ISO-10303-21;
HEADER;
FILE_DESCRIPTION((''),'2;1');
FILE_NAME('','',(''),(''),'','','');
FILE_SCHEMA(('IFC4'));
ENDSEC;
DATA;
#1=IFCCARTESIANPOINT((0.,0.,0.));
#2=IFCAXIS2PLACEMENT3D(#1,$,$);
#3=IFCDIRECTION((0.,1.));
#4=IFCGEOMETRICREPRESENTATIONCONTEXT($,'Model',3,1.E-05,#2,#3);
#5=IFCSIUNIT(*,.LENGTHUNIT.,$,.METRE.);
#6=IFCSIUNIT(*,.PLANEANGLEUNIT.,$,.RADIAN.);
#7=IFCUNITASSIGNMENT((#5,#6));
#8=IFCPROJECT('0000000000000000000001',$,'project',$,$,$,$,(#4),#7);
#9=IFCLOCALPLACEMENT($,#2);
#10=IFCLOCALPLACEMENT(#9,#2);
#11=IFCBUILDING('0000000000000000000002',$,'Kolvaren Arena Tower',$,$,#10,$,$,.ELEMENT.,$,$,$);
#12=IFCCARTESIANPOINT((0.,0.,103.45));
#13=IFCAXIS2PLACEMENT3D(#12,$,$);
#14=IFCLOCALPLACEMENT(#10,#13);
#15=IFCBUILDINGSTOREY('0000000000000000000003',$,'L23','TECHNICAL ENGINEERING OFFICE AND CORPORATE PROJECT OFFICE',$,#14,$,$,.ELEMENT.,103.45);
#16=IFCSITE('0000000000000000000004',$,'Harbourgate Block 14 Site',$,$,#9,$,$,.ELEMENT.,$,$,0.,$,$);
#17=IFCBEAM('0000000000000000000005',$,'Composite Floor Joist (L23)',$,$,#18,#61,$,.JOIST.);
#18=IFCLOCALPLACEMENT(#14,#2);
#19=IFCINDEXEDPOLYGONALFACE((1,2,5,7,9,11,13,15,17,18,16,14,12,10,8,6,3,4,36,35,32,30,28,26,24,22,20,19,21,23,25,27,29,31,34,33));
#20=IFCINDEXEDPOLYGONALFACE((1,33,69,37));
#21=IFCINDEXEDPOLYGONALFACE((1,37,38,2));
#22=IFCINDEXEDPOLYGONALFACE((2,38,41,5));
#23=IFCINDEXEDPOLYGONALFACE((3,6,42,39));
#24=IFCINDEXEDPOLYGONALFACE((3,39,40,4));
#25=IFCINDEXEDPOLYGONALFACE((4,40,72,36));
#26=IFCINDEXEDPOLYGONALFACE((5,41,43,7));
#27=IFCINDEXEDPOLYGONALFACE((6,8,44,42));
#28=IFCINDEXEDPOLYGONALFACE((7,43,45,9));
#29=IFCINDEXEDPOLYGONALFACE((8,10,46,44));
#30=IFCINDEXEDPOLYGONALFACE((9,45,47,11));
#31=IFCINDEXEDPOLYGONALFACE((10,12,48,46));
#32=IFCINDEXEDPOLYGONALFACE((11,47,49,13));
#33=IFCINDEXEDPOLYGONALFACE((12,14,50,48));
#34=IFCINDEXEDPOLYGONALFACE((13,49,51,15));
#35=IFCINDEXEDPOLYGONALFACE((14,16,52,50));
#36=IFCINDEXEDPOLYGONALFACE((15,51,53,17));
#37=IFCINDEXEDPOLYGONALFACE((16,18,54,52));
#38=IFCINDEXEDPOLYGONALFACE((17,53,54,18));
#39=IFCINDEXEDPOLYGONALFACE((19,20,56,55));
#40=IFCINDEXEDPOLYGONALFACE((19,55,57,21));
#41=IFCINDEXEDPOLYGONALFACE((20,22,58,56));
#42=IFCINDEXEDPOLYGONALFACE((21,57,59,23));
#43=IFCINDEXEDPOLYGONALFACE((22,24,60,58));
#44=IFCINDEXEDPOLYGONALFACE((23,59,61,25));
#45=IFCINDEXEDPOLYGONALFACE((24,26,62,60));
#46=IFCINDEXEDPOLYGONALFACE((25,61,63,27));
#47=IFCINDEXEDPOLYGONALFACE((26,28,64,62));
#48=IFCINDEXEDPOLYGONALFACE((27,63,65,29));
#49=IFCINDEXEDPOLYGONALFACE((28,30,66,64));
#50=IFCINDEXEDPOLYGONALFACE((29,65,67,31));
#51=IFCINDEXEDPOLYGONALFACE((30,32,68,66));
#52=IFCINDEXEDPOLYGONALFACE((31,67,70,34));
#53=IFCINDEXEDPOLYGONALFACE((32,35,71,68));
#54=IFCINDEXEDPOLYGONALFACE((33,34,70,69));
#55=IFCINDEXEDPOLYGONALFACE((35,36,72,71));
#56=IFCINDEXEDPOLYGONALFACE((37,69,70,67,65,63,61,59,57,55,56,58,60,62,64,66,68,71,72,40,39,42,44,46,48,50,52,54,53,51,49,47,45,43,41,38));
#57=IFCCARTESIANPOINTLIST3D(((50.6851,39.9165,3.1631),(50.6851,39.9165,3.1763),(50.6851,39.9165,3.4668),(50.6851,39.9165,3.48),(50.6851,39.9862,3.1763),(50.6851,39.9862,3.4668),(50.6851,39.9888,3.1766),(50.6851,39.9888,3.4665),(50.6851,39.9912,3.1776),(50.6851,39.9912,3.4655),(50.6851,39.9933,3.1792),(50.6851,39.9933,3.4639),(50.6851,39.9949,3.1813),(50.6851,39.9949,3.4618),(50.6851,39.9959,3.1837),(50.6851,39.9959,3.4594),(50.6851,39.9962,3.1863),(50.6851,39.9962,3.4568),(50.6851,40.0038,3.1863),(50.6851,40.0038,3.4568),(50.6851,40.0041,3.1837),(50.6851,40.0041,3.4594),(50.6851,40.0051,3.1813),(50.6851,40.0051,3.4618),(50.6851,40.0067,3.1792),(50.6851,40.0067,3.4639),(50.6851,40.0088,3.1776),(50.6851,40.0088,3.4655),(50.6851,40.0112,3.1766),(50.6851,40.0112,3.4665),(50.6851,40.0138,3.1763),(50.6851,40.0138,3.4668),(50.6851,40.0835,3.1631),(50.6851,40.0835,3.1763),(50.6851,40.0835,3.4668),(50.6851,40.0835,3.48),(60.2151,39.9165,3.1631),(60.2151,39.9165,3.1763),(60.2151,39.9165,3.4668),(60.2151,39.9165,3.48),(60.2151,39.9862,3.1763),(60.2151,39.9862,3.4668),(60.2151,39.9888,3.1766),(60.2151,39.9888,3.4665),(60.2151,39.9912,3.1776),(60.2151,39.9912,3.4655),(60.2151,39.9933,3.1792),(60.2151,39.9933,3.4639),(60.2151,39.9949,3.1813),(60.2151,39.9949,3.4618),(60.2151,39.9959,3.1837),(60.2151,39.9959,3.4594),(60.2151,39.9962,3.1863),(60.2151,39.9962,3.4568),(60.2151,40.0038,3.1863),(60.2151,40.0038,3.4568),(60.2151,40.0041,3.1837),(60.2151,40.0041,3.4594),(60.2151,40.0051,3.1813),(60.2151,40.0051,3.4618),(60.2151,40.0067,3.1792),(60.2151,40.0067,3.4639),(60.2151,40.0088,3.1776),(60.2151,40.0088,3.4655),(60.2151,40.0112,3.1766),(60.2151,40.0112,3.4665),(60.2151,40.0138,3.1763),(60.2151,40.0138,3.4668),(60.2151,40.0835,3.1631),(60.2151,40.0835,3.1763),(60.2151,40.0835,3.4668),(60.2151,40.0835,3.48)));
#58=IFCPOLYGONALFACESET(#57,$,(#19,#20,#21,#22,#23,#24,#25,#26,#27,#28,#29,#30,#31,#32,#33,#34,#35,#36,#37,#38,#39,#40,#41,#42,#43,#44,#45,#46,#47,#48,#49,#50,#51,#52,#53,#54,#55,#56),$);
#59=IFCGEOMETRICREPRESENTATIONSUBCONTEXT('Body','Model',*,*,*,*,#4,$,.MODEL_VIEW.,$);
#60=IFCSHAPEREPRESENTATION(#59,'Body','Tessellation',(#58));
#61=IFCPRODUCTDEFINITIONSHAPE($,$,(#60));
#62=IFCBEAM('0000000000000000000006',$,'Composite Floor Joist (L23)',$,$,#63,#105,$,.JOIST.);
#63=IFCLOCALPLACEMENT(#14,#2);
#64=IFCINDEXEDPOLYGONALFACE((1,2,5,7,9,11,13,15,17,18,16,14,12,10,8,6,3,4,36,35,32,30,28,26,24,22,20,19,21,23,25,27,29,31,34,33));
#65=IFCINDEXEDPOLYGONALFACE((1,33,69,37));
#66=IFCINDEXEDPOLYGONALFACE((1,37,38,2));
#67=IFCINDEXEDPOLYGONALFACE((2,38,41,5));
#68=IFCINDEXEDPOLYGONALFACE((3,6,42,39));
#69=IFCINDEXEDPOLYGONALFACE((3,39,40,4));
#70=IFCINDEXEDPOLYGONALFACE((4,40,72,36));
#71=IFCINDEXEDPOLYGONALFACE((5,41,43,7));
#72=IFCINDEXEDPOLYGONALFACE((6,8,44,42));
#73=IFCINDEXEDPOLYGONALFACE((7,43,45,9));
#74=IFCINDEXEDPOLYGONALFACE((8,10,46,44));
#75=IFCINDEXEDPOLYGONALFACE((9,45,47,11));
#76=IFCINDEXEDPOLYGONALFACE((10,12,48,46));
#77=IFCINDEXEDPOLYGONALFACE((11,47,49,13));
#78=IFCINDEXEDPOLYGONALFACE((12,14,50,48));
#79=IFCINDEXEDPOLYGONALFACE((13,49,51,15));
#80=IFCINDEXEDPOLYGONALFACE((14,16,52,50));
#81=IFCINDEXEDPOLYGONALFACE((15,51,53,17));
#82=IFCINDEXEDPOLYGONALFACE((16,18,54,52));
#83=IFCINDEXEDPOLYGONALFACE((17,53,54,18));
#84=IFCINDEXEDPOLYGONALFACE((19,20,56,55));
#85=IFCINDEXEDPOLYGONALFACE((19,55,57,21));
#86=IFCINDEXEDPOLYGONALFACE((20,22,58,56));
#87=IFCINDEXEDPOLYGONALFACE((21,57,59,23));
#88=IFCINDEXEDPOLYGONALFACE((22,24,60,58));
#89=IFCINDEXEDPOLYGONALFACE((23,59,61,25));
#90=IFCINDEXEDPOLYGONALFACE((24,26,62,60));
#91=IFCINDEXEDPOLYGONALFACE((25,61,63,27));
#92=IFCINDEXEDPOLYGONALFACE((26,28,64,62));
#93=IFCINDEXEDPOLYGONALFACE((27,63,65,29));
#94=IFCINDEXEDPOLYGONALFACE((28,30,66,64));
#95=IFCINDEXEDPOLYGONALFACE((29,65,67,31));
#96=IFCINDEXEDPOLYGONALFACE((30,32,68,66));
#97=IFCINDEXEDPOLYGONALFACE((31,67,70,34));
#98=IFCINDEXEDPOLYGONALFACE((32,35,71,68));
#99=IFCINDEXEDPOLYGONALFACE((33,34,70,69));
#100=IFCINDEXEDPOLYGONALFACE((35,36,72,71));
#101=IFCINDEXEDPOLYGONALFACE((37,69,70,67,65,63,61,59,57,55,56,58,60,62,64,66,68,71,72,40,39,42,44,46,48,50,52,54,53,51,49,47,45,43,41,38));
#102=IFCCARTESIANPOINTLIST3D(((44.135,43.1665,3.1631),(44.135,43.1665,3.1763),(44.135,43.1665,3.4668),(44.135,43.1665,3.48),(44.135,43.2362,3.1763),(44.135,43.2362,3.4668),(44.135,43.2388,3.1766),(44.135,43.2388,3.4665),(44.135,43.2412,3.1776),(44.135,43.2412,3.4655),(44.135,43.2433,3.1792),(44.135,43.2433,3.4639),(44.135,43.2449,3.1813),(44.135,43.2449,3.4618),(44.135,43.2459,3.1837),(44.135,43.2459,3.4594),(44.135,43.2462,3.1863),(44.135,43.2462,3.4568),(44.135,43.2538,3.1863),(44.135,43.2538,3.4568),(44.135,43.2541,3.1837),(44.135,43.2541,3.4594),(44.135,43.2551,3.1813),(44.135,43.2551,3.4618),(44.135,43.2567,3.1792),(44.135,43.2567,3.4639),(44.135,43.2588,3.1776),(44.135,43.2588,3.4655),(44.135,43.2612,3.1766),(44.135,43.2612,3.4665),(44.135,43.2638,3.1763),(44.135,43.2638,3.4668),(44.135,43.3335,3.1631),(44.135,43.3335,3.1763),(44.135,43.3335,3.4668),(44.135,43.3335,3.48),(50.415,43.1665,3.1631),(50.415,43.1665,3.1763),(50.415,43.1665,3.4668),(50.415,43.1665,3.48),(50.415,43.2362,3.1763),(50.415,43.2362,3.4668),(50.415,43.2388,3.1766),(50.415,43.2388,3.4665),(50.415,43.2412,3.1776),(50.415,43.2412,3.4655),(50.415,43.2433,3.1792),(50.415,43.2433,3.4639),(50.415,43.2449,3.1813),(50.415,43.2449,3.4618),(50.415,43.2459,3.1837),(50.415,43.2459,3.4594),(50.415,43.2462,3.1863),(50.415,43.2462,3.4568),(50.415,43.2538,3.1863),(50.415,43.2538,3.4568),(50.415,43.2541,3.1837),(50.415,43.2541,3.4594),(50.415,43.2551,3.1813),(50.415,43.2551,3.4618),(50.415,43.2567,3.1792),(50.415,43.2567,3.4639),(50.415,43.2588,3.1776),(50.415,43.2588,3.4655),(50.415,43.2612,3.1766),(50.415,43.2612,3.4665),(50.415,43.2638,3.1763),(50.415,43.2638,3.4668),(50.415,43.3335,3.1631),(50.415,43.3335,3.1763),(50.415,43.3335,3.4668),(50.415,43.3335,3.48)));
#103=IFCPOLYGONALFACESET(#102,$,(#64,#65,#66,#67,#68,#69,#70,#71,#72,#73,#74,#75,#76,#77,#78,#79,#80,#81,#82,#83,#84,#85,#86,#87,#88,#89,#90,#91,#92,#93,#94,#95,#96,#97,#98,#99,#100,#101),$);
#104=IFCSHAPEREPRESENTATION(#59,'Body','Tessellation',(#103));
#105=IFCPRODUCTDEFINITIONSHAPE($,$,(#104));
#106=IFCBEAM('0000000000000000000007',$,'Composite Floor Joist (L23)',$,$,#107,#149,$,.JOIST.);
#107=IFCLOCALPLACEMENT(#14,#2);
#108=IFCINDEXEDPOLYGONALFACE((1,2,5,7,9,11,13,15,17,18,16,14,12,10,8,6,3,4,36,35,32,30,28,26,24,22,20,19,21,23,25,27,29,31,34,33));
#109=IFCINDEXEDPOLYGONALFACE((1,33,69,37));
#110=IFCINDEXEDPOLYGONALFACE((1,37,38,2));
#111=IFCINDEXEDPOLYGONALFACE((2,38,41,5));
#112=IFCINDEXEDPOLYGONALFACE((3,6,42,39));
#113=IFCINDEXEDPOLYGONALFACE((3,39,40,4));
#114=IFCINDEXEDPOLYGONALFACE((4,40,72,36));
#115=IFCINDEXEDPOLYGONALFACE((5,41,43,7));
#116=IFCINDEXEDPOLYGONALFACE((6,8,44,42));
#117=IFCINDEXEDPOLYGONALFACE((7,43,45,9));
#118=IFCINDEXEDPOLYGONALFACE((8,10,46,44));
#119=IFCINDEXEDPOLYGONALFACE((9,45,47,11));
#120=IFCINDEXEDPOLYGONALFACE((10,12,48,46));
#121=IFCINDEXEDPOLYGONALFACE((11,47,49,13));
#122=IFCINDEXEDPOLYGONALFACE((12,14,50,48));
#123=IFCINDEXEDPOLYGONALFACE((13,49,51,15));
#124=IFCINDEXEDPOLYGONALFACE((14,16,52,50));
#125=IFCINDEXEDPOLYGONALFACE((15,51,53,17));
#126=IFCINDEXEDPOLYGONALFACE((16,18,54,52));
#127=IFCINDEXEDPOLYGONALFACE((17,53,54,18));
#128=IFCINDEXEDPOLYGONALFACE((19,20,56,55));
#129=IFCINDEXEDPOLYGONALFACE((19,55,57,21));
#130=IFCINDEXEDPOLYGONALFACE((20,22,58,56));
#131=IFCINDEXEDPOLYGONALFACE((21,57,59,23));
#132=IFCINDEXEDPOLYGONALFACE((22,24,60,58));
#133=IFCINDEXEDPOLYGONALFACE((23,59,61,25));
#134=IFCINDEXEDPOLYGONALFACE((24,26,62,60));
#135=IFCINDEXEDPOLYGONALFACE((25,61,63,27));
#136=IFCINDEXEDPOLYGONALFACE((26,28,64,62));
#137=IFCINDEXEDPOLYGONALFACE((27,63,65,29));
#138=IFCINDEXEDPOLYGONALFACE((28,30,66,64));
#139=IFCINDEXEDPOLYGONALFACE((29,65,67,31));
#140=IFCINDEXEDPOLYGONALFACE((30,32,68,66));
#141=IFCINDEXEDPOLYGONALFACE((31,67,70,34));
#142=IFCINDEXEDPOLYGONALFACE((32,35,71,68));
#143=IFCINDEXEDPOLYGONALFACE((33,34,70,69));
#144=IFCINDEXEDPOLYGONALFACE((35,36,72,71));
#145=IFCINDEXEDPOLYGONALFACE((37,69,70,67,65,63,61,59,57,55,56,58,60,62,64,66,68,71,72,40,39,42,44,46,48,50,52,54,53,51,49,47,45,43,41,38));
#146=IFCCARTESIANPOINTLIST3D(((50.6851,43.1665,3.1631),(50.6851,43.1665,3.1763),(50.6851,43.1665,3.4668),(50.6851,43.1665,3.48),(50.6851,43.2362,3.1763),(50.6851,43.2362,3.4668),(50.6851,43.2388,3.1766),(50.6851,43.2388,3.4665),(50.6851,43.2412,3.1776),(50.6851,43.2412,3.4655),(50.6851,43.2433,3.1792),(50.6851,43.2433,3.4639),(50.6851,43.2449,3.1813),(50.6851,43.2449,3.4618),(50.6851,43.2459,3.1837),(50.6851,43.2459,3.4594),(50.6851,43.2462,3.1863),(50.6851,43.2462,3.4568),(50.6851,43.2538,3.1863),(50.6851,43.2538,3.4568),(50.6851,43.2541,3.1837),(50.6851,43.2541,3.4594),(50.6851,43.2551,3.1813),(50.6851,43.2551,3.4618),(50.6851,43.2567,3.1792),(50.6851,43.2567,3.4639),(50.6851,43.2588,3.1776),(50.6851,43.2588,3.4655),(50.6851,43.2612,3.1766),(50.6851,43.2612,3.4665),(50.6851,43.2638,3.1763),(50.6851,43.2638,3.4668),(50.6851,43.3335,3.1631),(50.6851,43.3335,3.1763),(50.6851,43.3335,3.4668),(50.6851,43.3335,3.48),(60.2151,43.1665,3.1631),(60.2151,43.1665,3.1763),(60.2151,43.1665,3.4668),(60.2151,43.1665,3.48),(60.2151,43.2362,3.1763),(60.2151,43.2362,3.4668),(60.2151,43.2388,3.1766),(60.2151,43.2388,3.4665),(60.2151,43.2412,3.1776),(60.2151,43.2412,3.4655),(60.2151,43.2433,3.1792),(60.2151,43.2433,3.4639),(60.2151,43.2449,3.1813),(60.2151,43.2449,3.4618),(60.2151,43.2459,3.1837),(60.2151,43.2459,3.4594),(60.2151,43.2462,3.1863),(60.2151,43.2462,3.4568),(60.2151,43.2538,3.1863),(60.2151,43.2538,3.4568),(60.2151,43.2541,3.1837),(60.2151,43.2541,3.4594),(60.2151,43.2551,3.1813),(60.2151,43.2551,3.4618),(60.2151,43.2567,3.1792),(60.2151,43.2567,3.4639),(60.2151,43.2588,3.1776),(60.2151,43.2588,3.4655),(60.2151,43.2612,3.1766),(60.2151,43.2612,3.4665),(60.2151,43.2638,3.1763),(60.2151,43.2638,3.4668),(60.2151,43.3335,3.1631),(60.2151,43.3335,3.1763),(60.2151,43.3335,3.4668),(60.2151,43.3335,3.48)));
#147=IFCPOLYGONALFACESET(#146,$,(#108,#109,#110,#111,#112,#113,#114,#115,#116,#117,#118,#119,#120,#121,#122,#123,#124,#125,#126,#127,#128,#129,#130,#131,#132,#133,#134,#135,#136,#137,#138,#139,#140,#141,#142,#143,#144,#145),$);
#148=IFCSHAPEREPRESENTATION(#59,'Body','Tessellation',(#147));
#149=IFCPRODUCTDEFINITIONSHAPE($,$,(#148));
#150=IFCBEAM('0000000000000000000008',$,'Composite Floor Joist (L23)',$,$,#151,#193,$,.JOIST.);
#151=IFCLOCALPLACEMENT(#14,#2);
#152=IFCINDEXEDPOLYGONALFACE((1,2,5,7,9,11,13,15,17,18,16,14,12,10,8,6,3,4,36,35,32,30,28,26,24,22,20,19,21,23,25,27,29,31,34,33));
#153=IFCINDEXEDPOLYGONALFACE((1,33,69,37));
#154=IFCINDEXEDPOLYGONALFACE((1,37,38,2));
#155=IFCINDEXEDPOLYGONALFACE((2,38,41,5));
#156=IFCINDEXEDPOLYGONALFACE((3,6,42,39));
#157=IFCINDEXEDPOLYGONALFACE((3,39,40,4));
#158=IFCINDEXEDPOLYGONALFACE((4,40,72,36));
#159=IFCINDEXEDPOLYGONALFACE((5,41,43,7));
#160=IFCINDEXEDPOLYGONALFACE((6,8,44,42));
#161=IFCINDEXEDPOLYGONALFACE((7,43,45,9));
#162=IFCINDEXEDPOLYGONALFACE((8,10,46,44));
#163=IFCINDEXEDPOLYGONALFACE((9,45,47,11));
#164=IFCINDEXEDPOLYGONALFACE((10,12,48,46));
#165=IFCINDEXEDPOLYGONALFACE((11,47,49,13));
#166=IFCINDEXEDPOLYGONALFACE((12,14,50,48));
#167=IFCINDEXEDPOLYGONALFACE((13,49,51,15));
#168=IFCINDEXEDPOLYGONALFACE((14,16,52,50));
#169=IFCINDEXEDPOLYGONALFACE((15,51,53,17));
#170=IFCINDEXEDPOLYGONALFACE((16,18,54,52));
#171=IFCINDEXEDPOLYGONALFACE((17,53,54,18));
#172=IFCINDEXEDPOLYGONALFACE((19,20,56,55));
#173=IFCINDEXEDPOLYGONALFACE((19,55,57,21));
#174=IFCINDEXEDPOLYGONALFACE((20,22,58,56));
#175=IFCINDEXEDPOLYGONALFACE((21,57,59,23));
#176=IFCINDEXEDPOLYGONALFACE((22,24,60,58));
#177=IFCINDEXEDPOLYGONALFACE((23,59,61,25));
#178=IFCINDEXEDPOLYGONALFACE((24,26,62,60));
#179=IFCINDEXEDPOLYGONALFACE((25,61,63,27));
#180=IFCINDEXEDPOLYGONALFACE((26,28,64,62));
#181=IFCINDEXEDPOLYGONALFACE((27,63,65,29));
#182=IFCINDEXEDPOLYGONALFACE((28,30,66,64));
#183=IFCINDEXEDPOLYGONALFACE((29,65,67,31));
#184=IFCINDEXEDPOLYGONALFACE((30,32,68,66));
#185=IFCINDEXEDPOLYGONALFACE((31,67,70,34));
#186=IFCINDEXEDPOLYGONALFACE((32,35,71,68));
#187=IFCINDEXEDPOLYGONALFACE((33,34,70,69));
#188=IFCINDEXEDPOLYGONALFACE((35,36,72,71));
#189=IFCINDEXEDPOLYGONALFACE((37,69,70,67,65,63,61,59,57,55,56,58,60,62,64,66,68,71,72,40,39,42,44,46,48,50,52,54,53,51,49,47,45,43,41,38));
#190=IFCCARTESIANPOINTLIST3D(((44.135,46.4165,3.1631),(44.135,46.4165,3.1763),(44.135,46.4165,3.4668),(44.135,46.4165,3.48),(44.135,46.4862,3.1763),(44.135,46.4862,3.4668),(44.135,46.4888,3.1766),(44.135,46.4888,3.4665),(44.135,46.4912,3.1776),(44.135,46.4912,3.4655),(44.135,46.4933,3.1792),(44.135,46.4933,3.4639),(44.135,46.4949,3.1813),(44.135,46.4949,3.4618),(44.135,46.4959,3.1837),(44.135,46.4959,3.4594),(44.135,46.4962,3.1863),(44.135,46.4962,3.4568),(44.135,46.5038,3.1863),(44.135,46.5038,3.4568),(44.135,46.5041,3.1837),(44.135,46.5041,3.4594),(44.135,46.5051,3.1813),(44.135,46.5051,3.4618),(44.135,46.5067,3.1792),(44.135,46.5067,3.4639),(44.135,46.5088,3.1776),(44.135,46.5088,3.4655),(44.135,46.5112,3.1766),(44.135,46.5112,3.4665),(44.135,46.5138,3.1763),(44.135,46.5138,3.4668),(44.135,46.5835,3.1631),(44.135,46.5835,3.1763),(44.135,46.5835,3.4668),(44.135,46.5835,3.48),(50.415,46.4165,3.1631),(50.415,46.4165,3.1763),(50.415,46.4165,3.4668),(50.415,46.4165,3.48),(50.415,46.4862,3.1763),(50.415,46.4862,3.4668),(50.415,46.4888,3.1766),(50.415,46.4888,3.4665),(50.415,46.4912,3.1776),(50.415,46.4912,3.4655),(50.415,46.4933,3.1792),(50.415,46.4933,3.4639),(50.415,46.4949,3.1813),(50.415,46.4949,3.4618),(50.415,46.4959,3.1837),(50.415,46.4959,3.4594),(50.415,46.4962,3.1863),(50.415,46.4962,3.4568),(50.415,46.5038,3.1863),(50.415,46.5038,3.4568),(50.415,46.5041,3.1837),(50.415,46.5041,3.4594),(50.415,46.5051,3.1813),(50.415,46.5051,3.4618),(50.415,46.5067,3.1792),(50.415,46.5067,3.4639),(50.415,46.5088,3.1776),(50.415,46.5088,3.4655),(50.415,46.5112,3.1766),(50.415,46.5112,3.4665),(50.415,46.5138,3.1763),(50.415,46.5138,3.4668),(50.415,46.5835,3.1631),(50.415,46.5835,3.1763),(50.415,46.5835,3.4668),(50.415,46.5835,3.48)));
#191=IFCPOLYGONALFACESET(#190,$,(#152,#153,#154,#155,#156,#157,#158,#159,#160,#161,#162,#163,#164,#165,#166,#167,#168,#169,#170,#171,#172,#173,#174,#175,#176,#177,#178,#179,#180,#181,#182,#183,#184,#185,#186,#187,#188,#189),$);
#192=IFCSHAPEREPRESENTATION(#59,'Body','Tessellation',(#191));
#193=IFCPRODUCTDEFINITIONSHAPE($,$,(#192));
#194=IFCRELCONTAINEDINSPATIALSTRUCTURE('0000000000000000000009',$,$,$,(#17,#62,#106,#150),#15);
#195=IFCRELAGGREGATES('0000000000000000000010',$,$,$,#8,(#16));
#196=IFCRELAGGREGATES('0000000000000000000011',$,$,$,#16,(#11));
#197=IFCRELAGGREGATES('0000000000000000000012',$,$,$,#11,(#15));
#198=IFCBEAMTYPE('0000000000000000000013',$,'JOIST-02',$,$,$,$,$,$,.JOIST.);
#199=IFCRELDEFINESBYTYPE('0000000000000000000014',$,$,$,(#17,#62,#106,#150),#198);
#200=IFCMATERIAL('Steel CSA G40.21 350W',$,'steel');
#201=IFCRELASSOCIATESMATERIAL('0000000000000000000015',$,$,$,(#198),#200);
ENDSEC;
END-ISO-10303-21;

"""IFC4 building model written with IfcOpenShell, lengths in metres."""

from ifc_helpers import new_model, si_unit, direction, frame, origin, origin_2d, place, context, subcontext, project, spatial, i_section, extrude, material, material_profile, profile_set, type_object, element, save


model = new_model("IFC4")

# Units and contexts
model_context = context("Model", 3, precision=1e-05, world=origin(), true_north=direction((0.0, 1.0)))
body_context = subcontext(model_context, "Body", "Model", "MODEL_VIEW")
ifc_project = project(units=[si_unit("LENGTHUNIT", "METRE"), si_unit("PLANEANGLEUNIT", "RADIAN")], contexts=[model_context])

# Site, building, storey
site_placement = place(None, origin())
site = spatial("IfcSite", under=ifc_project, at=site_placement, Name="Harbourgate Block 14 Site", CompositionType="ELEMENT", RefElevation=0.0)
building_placement = place(site_placement, origin())
building = spatial("IfcBuilding", under=site, at=building_placement, Name="Kolvaren Arena Tower", CompositionType="ELEMENT")
storey_placement = place(building_placement, frame((0.0, 0.0, 103.45)))
storey = spatial("IfcBuildingStorey", under=building, at=storey_placement, Name="L23", Description="TECHNICAL ENGINEERING OFFICE AND CORPORATE PROJECT OFFICE", CompositionType="ELEMENT", Elevation=103.45)

# Beams
ifc_material_1 = material(Name="Steel CSA G40.21 350W", Category="steel")
ifc_material_profile_1 = material_profile(ifc_material_1, i_section(OverallWidth=0.167, OverallDepth=0.3169, WebThickness=0.0076, FlangeThickness=0.0132, FilletRadius=0.01, at=origin_2d()), Name="W310x52")
ifc_profile_set_1 = profile_set([ifc_material_profile_1], Name="Steel CSA G40.21 350W")
beam_type_1 = type_object("IfcBeamType", Name="JOIST-02", PredefinedType="JOIST", material=ifc_profile_set_1)
beam_1_placement = place(storey_placement, frame((50.6851, 40.0, 3.3215), z_axis=(1.0, 0.0, 0.0), x_axis=(0.0, 1.0, 0.0)))
element("IfcBeam", 1, at=beam_1_placement, inside=storey, type_object=beam_type_1, Name="Composite Floor Joist (L23)", PredefinedType="JOIST", context=body_context, shape_type="SweptSolid", body=[
    extrude(i_section(OverallWidth=0.167, OverallDepth=0.3169, WebThickness=0.0076, FlangeThickness=0.0132, FilletRadius=0.01, at=origin_2d()), origin(), (0.0, 0.0, 1.0), 9.53),
])
beam_2_placement = place(storey_placement, frame((44.135, 43.25, 3.3215), z_axis=(1.0, 0.0, 0.0), x_axis=(0.0, 1.0, 0.0)))
element("IfcBeam", 2, at=beam_2_placement, inside=storey, type_object=beam_type_1, Name="Composite Floor Joist (L23)", PredefinedType="JOIST", context=body_context, shape_type="SweptSolid", body=[
    extrude(i_section(OverallWidth=0.167, OverallDepth=0.3169, WebThickness=0.0076, FlangeThickness=0.0132, FilletRadius=0.01, at=origin_2d()), origin(), (0.0, 0.0, 1.0), 6.28),
])
beam_3_placement = place(storey_placement, frame((50.6851, 43.25, 3.3215), z_axis=(1.0, 0.0, 0.0), x_axis=(0.0, 1.0, 0.0)))
element("IfcBeam", 3, at=beam_3_placement, inside=storey, type_object=beam_type_1, Name="Composite Floor Joist (L23)", PredefinedType="JOIST", context=body_context, shape_type="SweptSolid", body=[
    extrude(i_section(OverallWidth=0.167, OverallDepth=0.3169, WebThickness=0.0076, FlangeThickness=0.0132, FilletRadius=0.01, at=origin_2d()), origin(), (0.0, 0.0, 1.0), 9.53),
])
for number, where, z_axis, x_axis, name in (
    (4, (44.135, 46.5, 3.3215), (1.0, 0.0, 0.0), (0.0, 1.0, 0.0), "Composite Floor Joist (L23)"),
):
    element("IfcBeam", number, at=place(storey_placement, frame(where, z_axis=z_axis, x_axis=x_axis)), inside=storey, type_object=beam_type_1, Name=name, PredefinedType="JOIST", context=body_context, shape_type="SweptSolid", body=[
        extrude(i_section(OverallWidth=0.167, OverallDepth=0.3169, WebThickness=0.0076, FlangeThickness=0.0132, FilletRadius=0.01, at=origin_2d()), origin(), (0.0, 0.0, 1.0), 6.28),
    ])

save(model, "model.ifc")
